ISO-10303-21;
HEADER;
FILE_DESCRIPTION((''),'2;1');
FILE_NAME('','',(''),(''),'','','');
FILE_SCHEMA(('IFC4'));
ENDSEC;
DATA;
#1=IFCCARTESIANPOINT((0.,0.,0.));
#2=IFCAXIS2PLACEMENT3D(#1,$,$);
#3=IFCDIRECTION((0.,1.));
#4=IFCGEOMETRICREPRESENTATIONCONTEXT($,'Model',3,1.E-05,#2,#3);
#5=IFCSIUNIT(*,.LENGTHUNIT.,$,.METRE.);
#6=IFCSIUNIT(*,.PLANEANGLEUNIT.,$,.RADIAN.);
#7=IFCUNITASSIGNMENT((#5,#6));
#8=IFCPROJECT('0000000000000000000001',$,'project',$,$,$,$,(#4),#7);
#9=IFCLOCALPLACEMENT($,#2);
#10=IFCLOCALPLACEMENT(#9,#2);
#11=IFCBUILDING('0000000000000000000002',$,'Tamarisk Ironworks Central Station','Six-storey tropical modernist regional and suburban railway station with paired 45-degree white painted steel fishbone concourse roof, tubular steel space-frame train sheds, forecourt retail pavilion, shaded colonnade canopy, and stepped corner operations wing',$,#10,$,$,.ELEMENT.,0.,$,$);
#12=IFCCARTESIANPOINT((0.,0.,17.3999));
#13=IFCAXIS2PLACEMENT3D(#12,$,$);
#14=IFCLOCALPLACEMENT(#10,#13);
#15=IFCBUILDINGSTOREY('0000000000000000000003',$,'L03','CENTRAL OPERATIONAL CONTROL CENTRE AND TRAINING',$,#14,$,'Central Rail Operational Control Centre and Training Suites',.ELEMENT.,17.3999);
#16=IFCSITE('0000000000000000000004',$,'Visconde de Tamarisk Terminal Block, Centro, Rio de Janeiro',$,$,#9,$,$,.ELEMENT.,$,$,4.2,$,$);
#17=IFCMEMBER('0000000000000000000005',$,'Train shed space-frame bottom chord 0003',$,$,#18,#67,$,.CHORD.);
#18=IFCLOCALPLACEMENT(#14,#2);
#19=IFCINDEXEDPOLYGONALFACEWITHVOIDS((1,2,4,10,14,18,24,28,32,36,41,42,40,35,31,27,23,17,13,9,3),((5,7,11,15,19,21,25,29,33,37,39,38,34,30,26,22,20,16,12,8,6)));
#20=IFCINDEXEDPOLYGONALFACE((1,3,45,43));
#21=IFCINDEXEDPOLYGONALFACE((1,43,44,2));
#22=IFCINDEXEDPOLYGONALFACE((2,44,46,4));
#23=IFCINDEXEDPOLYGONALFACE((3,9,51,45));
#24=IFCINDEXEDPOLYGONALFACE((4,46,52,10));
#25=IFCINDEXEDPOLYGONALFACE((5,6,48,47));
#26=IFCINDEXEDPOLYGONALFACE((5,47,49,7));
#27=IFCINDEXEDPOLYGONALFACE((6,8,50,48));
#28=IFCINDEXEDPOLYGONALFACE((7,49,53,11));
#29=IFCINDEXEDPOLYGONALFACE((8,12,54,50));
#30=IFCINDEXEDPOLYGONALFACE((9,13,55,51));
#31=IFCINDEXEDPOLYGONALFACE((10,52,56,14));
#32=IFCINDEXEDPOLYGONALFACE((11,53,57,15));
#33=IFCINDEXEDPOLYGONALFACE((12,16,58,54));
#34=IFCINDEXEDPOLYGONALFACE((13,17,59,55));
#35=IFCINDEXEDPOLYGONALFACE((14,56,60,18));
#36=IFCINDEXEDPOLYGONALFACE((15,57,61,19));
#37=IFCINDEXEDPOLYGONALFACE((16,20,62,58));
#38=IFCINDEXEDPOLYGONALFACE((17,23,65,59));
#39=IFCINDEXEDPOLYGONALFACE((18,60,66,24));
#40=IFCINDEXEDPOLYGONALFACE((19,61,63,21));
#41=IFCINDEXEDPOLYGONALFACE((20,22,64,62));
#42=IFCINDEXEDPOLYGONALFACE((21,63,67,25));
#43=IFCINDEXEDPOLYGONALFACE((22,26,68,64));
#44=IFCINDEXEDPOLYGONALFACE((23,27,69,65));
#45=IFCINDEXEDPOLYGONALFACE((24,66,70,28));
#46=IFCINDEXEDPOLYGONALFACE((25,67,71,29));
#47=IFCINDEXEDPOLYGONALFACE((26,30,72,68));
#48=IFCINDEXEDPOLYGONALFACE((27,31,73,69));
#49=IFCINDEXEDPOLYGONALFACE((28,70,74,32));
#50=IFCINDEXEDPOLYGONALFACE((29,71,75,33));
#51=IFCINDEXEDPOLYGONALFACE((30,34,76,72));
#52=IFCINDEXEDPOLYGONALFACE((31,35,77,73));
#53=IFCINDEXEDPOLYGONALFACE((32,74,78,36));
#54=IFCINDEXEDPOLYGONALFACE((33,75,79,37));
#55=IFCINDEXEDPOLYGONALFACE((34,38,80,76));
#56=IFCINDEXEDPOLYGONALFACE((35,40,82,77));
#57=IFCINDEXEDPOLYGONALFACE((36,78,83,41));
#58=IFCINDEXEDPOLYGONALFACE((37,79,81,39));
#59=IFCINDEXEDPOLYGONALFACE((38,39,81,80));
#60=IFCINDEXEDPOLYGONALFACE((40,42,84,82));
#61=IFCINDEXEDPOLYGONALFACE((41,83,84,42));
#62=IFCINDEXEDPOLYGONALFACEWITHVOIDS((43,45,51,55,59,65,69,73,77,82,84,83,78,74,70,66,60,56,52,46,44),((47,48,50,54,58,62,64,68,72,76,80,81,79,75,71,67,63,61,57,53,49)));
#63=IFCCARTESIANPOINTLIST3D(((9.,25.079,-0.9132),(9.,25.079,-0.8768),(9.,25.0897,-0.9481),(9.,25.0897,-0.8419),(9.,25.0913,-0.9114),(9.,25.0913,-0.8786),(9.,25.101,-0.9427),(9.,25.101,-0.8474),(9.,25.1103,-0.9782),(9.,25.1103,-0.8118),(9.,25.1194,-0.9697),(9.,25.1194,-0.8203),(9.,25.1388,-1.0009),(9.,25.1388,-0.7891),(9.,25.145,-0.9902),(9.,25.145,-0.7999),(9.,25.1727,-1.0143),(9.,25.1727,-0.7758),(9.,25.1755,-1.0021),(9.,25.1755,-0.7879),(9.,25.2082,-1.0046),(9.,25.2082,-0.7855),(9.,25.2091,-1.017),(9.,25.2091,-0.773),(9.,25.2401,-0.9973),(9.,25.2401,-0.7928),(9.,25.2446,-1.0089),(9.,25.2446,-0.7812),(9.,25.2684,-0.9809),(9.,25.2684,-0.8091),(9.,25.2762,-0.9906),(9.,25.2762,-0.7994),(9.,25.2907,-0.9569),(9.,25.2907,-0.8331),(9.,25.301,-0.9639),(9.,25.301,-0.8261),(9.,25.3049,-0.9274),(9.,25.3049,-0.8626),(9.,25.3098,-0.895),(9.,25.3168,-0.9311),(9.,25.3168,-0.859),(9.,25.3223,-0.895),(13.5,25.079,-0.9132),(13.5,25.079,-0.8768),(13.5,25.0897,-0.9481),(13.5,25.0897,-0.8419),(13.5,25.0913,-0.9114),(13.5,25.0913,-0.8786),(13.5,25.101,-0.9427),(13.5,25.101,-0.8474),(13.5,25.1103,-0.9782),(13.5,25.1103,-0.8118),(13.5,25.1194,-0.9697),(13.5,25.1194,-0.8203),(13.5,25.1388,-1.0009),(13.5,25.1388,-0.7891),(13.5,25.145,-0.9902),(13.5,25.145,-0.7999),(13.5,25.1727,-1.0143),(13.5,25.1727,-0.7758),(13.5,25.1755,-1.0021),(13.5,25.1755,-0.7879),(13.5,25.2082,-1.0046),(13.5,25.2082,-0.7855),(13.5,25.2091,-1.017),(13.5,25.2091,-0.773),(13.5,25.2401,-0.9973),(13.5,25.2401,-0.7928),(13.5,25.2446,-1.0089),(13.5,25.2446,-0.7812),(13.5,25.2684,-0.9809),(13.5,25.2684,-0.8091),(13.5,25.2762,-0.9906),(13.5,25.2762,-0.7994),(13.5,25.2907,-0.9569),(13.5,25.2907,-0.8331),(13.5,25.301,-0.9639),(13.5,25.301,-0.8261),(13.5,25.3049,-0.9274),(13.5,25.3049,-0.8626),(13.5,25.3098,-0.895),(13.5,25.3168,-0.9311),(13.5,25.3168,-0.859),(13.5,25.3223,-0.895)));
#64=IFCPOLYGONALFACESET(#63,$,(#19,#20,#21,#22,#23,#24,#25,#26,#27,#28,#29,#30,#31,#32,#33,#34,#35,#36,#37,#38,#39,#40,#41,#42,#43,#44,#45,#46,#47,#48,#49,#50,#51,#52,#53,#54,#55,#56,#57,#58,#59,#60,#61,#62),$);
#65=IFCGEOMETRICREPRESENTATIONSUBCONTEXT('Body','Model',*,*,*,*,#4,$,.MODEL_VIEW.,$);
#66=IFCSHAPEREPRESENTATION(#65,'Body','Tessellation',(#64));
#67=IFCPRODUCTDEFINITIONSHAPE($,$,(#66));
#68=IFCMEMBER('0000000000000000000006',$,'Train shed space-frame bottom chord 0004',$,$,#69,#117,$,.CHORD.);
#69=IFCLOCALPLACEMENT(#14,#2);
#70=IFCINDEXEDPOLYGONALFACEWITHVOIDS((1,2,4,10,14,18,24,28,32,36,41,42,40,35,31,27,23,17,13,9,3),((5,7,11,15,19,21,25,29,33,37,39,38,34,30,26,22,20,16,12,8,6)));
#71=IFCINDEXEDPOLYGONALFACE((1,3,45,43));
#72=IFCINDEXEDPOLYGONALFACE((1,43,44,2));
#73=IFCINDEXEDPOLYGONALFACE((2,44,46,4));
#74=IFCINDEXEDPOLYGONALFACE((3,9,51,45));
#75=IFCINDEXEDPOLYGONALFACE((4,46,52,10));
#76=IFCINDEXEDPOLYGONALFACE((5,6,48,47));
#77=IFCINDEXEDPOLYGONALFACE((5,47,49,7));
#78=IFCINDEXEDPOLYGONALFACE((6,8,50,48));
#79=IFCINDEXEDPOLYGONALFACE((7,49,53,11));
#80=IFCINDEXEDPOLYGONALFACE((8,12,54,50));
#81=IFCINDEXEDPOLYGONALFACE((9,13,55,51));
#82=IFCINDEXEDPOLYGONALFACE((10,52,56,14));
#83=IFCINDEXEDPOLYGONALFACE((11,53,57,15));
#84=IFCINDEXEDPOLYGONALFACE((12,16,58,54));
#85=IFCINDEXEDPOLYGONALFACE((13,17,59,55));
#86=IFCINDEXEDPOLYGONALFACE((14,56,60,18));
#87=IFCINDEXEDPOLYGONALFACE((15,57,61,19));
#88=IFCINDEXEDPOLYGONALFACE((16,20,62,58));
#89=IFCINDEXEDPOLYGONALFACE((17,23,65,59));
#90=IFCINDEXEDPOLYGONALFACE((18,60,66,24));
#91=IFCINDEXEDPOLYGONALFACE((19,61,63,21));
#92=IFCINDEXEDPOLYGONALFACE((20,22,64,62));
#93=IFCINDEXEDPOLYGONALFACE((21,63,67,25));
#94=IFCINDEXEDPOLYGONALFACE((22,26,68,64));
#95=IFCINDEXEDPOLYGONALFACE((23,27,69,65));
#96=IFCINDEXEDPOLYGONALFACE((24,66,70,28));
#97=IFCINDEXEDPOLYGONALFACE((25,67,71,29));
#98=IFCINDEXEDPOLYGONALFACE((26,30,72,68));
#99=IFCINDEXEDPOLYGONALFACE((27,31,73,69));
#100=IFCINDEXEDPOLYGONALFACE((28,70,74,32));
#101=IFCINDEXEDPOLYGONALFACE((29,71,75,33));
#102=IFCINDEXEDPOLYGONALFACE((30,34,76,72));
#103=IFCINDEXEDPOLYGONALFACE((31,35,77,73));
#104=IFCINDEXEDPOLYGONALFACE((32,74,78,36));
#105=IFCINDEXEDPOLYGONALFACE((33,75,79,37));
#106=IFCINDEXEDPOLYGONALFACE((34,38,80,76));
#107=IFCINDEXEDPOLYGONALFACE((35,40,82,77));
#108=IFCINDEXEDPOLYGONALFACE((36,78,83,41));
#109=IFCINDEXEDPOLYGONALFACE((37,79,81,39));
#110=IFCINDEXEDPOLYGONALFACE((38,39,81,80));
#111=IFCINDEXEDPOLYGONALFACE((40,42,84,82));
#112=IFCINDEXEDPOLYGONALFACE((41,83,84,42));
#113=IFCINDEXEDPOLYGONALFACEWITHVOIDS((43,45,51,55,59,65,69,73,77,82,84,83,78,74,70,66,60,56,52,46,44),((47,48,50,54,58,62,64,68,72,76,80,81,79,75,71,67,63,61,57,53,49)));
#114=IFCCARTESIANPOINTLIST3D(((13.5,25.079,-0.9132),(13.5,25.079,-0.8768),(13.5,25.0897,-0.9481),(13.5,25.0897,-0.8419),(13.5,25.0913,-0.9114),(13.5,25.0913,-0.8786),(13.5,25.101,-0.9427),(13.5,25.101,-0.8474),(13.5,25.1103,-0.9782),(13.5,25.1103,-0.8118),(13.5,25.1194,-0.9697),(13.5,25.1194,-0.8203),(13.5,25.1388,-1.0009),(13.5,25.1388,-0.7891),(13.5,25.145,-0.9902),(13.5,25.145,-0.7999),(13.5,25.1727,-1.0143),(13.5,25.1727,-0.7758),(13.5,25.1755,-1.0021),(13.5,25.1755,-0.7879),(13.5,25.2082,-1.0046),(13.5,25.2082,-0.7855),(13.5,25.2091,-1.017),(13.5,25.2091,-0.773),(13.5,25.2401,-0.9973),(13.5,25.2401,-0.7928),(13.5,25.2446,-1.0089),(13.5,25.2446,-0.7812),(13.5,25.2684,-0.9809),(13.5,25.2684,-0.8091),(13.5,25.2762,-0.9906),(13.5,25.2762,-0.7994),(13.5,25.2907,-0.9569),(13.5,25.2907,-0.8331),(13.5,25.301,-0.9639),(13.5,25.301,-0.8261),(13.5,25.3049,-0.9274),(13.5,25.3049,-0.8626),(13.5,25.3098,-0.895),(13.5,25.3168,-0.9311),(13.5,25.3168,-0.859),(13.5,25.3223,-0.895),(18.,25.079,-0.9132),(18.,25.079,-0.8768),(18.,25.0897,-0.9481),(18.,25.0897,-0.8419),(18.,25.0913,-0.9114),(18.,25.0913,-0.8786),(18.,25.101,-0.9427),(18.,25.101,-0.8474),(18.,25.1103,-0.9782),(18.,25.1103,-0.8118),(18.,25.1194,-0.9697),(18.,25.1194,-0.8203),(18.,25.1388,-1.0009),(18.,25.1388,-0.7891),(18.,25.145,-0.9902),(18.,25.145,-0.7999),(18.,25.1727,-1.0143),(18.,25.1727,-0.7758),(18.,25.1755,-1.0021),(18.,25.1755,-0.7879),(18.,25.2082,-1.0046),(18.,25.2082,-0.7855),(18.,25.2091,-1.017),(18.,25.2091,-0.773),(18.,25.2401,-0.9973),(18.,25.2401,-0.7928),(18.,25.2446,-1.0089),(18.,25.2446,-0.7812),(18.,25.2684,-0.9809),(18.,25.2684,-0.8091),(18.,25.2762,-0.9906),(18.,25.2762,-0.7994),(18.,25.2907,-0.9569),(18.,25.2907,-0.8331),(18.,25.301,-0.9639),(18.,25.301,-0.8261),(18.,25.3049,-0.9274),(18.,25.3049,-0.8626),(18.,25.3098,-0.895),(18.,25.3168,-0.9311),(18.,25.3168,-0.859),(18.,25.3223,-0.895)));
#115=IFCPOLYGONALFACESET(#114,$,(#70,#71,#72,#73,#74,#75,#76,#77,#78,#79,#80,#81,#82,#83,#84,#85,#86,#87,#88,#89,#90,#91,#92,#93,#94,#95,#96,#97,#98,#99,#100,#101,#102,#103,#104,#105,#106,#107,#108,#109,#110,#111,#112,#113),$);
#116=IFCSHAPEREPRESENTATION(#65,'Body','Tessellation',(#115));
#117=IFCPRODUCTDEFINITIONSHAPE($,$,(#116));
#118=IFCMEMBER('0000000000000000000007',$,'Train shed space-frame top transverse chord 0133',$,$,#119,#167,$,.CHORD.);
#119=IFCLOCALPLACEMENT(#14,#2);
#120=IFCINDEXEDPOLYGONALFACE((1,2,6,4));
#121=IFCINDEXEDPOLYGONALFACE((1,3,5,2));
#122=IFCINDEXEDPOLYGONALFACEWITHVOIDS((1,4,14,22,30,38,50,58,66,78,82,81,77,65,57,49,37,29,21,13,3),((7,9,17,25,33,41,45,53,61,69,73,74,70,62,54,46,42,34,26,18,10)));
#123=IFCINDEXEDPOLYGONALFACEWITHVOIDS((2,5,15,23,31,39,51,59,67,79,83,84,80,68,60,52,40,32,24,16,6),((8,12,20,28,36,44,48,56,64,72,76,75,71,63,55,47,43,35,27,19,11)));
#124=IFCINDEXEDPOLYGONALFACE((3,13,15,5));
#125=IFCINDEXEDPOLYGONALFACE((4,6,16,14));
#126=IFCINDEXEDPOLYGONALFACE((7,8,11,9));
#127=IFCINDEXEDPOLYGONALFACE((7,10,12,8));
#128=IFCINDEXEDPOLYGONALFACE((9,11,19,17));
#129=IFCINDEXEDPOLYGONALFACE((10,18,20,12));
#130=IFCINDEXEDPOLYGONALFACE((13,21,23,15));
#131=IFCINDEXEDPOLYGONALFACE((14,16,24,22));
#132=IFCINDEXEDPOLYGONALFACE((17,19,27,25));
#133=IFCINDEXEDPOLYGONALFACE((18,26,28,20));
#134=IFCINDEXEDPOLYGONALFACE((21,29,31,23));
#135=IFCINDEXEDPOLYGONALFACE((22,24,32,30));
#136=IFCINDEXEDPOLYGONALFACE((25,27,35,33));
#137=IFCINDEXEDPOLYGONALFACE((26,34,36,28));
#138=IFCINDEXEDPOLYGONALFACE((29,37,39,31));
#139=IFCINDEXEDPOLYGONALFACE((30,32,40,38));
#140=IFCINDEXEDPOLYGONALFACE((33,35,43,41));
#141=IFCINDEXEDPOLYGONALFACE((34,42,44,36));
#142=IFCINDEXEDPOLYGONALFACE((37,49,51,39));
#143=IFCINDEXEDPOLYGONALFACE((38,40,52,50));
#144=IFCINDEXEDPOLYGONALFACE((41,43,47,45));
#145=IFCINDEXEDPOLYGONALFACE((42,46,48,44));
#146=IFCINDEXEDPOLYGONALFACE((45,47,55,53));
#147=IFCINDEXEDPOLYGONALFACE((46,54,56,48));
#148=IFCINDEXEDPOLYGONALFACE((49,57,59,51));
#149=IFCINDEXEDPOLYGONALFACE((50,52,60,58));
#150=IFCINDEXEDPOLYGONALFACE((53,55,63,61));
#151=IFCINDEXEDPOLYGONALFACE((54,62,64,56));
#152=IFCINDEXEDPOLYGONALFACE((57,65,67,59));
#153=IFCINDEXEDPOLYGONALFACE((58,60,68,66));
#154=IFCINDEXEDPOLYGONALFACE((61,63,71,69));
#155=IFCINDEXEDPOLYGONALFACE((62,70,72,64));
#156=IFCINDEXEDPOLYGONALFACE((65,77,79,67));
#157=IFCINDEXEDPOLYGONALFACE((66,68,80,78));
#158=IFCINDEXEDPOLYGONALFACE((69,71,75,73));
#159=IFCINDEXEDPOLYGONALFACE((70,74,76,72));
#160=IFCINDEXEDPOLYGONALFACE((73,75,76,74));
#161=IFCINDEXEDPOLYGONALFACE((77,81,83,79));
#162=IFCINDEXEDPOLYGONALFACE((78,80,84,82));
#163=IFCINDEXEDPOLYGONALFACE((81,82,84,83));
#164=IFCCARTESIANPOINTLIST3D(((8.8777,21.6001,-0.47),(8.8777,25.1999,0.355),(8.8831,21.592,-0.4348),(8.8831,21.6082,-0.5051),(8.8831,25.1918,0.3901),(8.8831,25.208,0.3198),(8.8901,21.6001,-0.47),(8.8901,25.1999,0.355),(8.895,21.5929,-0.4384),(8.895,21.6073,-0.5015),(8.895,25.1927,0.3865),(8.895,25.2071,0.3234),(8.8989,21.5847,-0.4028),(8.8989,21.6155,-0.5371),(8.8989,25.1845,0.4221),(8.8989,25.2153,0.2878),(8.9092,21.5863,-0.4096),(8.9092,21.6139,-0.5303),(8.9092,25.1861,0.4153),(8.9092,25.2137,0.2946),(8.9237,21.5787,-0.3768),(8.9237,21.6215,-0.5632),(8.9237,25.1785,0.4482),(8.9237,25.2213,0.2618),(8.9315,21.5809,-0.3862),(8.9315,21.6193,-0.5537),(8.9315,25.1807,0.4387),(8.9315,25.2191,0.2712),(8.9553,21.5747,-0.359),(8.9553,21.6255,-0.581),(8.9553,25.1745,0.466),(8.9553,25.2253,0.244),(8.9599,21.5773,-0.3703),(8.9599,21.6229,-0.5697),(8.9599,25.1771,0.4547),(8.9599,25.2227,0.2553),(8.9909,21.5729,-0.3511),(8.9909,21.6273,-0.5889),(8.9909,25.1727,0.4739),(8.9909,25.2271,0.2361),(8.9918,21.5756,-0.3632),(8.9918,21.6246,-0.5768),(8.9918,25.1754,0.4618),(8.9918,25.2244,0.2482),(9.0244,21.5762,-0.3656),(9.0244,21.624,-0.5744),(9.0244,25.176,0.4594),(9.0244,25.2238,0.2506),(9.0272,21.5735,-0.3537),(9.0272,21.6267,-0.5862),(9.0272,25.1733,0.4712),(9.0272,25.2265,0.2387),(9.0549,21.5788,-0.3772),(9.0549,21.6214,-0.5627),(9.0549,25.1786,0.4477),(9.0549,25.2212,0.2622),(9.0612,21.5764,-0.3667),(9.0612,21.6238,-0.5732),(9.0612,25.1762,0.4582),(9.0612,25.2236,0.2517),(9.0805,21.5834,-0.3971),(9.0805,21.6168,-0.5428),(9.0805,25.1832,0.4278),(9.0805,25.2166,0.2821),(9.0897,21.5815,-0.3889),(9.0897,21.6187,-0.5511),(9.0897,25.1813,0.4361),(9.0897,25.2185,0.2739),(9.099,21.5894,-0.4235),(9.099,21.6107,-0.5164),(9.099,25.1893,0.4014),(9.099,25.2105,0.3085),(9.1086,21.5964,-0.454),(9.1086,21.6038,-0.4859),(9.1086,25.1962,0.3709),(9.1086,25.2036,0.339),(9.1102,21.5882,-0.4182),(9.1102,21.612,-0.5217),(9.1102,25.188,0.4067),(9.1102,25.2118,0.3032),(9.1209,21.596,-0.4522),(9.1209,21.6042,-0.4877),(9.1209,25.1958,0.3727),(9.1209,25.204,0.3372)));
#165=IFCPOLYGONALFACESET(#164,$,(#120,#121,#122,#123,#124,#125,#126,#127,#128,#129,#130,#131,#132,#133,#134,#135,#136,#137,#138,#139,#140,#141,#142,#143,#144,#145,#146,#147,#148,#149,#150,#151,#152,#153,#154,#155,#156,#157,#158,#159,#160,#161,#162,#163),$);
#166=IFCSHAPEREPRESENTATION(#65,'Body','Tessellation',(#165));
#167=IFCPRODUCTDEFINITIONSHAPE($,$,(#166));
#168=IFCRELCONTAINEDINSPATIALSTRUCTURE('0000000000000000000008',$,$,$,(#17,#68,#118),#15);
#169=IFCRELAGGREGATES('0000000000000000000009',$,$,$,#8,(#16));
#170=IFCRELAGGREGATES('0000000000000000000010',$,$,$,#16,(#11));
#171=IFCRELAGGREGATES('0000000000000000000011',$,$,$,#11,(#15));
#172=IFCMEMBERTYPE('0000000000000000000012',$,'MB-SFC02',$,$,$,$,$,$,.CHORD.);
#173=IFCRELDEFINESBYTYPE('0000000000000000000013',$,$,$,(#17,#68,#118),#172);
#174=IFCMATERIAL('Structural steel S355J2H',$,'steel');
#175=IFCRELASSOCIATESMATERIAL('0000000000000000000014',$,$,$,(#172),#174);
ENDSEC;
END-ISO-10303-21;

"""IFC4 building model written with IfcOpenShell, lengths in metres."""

from ifc_helpers import new_model, si_unit, direction, frame, origin, origin_2d, place, context, subcontext, project, spatial, hollow_circle, extrude, material, material_profile, profile_set, type_object, element, save


model = new_model("IFC4")

# Units and contexts
model_context = context("Model", 3, precision=1e-05, world=origin(), true_north=direction((0.0, 1.0)))
body_context = subcontext(model_context, "Body", "Model", "MODEL_VIEW")
ifc_project = project(units=[si_unit("LENGTHUNIT", "METRE"), si_unit("PLANEANGLEUNIT", "RADIAN")], contexts=[model_context])

# Site, building, storey
site_placement = place(None, origin())
site = spatial("IfcSite", under=ifc_project, at=site_placement, Name="Visconde de Tamarisk Terminal Block, Centro, Rio de Janeiro", CompositionType="ELEMENT", RefElevation=4.2)
building_placement = place(site_placement, origin())
building = spatial("IfcBuilding", under=site, at=building_placement, Name="Tamarisk Ironworks Central Station", Description="Six-storey tropical modernist regional and suburban railway station with paired 45-degree white painted steel fishbone concourse roof, tubular steel space-frame train sheds, forecourt retail pavilion, shaded colonnade canopy, and stepped corner operations wing", CompositionType="ELEMENT", ElevationOfRefHeight=0.0)
storey_placement = place(building_placement, frame((0.0, 0.0, 17.3999)))
storey = spatial("IfcBuildingStorey", under=building, at=storey_placement, Name="L03", Description="CENTRAL OPERATIONAL CONTROL CENTRE AND TRAINING", LongName="Central Rail Operational Control Centre and Training Suites", CompositionType="ELEMENT", Elevation=17.3999)

# Members
ifc_material_1 = material(Name="Structural steel S355J2H", Category="steel")
ifc_material_profile_1 = material_profile(ifc_material_1, hollow_circle(Radius=0.1223, WallThickness=0.0125, at=origin_2d()), Name="CHS 244.5x12.5")
ifc_profile_set_1 = profile_set([ifc_material_profile_1], Name="Structural steel S355J2H")
member_type_1 = type_object("IfcMemberType", Name="MB-SFC02", PredefinedType="CHORD", material=ifc_profile_set_1)
for number, where, z_axis, x_axis, name in (
    (1, (9.0, 25.2, -0.895), (1.0, 0.0, 0.0), (0.0, 1.0, 0.0), "Train shed space-frame bottom chord 0003"),
    (2, (13.5, 25.2, -0.895), (1.0, 0.0, 0.0), (0.0, 1.0, 0.0), "Train shed space-frame bottom chord 0004"),
):
    element("IfcMember", number, at=place(storey_placement, frame(where, z_axis=z_axis, x_axis=x_axis)), inside=storey, type_object=member_type_1, Name=name, PredefinedType="CHORD", context=body_context, shape_type="SweptSolid", body=[
        extrude(hollow_circle(Radius=0.1223, WallThickness=0.0125, at=origin_2d()), origin(), (0.0, 0.0, 1.0), 4.5),
    ])
member_1_placement = place(storey_placement, frame((9.0, 21.6001, -0.47), z_axis=(0.0, 0.974733, 0.223372), x_axis=(-1.0, 0.0, 0.0)))
element("IfcMember", 3, at=member_1_placement, inside=storey, type_object=member_type_1, Name="Train shed space-frame top transverse chord 0133", PredefinedType="CHORD", context=body_context, shape_type="SweptSolid", body=[
    extrude(hollow_circle(Radius=0.1223, WallThickness=0.0125, at=origin_2d()), origin(), (0.0, 0.0, 1.0), 3.6931),
])

save(model, "model.ifc")
